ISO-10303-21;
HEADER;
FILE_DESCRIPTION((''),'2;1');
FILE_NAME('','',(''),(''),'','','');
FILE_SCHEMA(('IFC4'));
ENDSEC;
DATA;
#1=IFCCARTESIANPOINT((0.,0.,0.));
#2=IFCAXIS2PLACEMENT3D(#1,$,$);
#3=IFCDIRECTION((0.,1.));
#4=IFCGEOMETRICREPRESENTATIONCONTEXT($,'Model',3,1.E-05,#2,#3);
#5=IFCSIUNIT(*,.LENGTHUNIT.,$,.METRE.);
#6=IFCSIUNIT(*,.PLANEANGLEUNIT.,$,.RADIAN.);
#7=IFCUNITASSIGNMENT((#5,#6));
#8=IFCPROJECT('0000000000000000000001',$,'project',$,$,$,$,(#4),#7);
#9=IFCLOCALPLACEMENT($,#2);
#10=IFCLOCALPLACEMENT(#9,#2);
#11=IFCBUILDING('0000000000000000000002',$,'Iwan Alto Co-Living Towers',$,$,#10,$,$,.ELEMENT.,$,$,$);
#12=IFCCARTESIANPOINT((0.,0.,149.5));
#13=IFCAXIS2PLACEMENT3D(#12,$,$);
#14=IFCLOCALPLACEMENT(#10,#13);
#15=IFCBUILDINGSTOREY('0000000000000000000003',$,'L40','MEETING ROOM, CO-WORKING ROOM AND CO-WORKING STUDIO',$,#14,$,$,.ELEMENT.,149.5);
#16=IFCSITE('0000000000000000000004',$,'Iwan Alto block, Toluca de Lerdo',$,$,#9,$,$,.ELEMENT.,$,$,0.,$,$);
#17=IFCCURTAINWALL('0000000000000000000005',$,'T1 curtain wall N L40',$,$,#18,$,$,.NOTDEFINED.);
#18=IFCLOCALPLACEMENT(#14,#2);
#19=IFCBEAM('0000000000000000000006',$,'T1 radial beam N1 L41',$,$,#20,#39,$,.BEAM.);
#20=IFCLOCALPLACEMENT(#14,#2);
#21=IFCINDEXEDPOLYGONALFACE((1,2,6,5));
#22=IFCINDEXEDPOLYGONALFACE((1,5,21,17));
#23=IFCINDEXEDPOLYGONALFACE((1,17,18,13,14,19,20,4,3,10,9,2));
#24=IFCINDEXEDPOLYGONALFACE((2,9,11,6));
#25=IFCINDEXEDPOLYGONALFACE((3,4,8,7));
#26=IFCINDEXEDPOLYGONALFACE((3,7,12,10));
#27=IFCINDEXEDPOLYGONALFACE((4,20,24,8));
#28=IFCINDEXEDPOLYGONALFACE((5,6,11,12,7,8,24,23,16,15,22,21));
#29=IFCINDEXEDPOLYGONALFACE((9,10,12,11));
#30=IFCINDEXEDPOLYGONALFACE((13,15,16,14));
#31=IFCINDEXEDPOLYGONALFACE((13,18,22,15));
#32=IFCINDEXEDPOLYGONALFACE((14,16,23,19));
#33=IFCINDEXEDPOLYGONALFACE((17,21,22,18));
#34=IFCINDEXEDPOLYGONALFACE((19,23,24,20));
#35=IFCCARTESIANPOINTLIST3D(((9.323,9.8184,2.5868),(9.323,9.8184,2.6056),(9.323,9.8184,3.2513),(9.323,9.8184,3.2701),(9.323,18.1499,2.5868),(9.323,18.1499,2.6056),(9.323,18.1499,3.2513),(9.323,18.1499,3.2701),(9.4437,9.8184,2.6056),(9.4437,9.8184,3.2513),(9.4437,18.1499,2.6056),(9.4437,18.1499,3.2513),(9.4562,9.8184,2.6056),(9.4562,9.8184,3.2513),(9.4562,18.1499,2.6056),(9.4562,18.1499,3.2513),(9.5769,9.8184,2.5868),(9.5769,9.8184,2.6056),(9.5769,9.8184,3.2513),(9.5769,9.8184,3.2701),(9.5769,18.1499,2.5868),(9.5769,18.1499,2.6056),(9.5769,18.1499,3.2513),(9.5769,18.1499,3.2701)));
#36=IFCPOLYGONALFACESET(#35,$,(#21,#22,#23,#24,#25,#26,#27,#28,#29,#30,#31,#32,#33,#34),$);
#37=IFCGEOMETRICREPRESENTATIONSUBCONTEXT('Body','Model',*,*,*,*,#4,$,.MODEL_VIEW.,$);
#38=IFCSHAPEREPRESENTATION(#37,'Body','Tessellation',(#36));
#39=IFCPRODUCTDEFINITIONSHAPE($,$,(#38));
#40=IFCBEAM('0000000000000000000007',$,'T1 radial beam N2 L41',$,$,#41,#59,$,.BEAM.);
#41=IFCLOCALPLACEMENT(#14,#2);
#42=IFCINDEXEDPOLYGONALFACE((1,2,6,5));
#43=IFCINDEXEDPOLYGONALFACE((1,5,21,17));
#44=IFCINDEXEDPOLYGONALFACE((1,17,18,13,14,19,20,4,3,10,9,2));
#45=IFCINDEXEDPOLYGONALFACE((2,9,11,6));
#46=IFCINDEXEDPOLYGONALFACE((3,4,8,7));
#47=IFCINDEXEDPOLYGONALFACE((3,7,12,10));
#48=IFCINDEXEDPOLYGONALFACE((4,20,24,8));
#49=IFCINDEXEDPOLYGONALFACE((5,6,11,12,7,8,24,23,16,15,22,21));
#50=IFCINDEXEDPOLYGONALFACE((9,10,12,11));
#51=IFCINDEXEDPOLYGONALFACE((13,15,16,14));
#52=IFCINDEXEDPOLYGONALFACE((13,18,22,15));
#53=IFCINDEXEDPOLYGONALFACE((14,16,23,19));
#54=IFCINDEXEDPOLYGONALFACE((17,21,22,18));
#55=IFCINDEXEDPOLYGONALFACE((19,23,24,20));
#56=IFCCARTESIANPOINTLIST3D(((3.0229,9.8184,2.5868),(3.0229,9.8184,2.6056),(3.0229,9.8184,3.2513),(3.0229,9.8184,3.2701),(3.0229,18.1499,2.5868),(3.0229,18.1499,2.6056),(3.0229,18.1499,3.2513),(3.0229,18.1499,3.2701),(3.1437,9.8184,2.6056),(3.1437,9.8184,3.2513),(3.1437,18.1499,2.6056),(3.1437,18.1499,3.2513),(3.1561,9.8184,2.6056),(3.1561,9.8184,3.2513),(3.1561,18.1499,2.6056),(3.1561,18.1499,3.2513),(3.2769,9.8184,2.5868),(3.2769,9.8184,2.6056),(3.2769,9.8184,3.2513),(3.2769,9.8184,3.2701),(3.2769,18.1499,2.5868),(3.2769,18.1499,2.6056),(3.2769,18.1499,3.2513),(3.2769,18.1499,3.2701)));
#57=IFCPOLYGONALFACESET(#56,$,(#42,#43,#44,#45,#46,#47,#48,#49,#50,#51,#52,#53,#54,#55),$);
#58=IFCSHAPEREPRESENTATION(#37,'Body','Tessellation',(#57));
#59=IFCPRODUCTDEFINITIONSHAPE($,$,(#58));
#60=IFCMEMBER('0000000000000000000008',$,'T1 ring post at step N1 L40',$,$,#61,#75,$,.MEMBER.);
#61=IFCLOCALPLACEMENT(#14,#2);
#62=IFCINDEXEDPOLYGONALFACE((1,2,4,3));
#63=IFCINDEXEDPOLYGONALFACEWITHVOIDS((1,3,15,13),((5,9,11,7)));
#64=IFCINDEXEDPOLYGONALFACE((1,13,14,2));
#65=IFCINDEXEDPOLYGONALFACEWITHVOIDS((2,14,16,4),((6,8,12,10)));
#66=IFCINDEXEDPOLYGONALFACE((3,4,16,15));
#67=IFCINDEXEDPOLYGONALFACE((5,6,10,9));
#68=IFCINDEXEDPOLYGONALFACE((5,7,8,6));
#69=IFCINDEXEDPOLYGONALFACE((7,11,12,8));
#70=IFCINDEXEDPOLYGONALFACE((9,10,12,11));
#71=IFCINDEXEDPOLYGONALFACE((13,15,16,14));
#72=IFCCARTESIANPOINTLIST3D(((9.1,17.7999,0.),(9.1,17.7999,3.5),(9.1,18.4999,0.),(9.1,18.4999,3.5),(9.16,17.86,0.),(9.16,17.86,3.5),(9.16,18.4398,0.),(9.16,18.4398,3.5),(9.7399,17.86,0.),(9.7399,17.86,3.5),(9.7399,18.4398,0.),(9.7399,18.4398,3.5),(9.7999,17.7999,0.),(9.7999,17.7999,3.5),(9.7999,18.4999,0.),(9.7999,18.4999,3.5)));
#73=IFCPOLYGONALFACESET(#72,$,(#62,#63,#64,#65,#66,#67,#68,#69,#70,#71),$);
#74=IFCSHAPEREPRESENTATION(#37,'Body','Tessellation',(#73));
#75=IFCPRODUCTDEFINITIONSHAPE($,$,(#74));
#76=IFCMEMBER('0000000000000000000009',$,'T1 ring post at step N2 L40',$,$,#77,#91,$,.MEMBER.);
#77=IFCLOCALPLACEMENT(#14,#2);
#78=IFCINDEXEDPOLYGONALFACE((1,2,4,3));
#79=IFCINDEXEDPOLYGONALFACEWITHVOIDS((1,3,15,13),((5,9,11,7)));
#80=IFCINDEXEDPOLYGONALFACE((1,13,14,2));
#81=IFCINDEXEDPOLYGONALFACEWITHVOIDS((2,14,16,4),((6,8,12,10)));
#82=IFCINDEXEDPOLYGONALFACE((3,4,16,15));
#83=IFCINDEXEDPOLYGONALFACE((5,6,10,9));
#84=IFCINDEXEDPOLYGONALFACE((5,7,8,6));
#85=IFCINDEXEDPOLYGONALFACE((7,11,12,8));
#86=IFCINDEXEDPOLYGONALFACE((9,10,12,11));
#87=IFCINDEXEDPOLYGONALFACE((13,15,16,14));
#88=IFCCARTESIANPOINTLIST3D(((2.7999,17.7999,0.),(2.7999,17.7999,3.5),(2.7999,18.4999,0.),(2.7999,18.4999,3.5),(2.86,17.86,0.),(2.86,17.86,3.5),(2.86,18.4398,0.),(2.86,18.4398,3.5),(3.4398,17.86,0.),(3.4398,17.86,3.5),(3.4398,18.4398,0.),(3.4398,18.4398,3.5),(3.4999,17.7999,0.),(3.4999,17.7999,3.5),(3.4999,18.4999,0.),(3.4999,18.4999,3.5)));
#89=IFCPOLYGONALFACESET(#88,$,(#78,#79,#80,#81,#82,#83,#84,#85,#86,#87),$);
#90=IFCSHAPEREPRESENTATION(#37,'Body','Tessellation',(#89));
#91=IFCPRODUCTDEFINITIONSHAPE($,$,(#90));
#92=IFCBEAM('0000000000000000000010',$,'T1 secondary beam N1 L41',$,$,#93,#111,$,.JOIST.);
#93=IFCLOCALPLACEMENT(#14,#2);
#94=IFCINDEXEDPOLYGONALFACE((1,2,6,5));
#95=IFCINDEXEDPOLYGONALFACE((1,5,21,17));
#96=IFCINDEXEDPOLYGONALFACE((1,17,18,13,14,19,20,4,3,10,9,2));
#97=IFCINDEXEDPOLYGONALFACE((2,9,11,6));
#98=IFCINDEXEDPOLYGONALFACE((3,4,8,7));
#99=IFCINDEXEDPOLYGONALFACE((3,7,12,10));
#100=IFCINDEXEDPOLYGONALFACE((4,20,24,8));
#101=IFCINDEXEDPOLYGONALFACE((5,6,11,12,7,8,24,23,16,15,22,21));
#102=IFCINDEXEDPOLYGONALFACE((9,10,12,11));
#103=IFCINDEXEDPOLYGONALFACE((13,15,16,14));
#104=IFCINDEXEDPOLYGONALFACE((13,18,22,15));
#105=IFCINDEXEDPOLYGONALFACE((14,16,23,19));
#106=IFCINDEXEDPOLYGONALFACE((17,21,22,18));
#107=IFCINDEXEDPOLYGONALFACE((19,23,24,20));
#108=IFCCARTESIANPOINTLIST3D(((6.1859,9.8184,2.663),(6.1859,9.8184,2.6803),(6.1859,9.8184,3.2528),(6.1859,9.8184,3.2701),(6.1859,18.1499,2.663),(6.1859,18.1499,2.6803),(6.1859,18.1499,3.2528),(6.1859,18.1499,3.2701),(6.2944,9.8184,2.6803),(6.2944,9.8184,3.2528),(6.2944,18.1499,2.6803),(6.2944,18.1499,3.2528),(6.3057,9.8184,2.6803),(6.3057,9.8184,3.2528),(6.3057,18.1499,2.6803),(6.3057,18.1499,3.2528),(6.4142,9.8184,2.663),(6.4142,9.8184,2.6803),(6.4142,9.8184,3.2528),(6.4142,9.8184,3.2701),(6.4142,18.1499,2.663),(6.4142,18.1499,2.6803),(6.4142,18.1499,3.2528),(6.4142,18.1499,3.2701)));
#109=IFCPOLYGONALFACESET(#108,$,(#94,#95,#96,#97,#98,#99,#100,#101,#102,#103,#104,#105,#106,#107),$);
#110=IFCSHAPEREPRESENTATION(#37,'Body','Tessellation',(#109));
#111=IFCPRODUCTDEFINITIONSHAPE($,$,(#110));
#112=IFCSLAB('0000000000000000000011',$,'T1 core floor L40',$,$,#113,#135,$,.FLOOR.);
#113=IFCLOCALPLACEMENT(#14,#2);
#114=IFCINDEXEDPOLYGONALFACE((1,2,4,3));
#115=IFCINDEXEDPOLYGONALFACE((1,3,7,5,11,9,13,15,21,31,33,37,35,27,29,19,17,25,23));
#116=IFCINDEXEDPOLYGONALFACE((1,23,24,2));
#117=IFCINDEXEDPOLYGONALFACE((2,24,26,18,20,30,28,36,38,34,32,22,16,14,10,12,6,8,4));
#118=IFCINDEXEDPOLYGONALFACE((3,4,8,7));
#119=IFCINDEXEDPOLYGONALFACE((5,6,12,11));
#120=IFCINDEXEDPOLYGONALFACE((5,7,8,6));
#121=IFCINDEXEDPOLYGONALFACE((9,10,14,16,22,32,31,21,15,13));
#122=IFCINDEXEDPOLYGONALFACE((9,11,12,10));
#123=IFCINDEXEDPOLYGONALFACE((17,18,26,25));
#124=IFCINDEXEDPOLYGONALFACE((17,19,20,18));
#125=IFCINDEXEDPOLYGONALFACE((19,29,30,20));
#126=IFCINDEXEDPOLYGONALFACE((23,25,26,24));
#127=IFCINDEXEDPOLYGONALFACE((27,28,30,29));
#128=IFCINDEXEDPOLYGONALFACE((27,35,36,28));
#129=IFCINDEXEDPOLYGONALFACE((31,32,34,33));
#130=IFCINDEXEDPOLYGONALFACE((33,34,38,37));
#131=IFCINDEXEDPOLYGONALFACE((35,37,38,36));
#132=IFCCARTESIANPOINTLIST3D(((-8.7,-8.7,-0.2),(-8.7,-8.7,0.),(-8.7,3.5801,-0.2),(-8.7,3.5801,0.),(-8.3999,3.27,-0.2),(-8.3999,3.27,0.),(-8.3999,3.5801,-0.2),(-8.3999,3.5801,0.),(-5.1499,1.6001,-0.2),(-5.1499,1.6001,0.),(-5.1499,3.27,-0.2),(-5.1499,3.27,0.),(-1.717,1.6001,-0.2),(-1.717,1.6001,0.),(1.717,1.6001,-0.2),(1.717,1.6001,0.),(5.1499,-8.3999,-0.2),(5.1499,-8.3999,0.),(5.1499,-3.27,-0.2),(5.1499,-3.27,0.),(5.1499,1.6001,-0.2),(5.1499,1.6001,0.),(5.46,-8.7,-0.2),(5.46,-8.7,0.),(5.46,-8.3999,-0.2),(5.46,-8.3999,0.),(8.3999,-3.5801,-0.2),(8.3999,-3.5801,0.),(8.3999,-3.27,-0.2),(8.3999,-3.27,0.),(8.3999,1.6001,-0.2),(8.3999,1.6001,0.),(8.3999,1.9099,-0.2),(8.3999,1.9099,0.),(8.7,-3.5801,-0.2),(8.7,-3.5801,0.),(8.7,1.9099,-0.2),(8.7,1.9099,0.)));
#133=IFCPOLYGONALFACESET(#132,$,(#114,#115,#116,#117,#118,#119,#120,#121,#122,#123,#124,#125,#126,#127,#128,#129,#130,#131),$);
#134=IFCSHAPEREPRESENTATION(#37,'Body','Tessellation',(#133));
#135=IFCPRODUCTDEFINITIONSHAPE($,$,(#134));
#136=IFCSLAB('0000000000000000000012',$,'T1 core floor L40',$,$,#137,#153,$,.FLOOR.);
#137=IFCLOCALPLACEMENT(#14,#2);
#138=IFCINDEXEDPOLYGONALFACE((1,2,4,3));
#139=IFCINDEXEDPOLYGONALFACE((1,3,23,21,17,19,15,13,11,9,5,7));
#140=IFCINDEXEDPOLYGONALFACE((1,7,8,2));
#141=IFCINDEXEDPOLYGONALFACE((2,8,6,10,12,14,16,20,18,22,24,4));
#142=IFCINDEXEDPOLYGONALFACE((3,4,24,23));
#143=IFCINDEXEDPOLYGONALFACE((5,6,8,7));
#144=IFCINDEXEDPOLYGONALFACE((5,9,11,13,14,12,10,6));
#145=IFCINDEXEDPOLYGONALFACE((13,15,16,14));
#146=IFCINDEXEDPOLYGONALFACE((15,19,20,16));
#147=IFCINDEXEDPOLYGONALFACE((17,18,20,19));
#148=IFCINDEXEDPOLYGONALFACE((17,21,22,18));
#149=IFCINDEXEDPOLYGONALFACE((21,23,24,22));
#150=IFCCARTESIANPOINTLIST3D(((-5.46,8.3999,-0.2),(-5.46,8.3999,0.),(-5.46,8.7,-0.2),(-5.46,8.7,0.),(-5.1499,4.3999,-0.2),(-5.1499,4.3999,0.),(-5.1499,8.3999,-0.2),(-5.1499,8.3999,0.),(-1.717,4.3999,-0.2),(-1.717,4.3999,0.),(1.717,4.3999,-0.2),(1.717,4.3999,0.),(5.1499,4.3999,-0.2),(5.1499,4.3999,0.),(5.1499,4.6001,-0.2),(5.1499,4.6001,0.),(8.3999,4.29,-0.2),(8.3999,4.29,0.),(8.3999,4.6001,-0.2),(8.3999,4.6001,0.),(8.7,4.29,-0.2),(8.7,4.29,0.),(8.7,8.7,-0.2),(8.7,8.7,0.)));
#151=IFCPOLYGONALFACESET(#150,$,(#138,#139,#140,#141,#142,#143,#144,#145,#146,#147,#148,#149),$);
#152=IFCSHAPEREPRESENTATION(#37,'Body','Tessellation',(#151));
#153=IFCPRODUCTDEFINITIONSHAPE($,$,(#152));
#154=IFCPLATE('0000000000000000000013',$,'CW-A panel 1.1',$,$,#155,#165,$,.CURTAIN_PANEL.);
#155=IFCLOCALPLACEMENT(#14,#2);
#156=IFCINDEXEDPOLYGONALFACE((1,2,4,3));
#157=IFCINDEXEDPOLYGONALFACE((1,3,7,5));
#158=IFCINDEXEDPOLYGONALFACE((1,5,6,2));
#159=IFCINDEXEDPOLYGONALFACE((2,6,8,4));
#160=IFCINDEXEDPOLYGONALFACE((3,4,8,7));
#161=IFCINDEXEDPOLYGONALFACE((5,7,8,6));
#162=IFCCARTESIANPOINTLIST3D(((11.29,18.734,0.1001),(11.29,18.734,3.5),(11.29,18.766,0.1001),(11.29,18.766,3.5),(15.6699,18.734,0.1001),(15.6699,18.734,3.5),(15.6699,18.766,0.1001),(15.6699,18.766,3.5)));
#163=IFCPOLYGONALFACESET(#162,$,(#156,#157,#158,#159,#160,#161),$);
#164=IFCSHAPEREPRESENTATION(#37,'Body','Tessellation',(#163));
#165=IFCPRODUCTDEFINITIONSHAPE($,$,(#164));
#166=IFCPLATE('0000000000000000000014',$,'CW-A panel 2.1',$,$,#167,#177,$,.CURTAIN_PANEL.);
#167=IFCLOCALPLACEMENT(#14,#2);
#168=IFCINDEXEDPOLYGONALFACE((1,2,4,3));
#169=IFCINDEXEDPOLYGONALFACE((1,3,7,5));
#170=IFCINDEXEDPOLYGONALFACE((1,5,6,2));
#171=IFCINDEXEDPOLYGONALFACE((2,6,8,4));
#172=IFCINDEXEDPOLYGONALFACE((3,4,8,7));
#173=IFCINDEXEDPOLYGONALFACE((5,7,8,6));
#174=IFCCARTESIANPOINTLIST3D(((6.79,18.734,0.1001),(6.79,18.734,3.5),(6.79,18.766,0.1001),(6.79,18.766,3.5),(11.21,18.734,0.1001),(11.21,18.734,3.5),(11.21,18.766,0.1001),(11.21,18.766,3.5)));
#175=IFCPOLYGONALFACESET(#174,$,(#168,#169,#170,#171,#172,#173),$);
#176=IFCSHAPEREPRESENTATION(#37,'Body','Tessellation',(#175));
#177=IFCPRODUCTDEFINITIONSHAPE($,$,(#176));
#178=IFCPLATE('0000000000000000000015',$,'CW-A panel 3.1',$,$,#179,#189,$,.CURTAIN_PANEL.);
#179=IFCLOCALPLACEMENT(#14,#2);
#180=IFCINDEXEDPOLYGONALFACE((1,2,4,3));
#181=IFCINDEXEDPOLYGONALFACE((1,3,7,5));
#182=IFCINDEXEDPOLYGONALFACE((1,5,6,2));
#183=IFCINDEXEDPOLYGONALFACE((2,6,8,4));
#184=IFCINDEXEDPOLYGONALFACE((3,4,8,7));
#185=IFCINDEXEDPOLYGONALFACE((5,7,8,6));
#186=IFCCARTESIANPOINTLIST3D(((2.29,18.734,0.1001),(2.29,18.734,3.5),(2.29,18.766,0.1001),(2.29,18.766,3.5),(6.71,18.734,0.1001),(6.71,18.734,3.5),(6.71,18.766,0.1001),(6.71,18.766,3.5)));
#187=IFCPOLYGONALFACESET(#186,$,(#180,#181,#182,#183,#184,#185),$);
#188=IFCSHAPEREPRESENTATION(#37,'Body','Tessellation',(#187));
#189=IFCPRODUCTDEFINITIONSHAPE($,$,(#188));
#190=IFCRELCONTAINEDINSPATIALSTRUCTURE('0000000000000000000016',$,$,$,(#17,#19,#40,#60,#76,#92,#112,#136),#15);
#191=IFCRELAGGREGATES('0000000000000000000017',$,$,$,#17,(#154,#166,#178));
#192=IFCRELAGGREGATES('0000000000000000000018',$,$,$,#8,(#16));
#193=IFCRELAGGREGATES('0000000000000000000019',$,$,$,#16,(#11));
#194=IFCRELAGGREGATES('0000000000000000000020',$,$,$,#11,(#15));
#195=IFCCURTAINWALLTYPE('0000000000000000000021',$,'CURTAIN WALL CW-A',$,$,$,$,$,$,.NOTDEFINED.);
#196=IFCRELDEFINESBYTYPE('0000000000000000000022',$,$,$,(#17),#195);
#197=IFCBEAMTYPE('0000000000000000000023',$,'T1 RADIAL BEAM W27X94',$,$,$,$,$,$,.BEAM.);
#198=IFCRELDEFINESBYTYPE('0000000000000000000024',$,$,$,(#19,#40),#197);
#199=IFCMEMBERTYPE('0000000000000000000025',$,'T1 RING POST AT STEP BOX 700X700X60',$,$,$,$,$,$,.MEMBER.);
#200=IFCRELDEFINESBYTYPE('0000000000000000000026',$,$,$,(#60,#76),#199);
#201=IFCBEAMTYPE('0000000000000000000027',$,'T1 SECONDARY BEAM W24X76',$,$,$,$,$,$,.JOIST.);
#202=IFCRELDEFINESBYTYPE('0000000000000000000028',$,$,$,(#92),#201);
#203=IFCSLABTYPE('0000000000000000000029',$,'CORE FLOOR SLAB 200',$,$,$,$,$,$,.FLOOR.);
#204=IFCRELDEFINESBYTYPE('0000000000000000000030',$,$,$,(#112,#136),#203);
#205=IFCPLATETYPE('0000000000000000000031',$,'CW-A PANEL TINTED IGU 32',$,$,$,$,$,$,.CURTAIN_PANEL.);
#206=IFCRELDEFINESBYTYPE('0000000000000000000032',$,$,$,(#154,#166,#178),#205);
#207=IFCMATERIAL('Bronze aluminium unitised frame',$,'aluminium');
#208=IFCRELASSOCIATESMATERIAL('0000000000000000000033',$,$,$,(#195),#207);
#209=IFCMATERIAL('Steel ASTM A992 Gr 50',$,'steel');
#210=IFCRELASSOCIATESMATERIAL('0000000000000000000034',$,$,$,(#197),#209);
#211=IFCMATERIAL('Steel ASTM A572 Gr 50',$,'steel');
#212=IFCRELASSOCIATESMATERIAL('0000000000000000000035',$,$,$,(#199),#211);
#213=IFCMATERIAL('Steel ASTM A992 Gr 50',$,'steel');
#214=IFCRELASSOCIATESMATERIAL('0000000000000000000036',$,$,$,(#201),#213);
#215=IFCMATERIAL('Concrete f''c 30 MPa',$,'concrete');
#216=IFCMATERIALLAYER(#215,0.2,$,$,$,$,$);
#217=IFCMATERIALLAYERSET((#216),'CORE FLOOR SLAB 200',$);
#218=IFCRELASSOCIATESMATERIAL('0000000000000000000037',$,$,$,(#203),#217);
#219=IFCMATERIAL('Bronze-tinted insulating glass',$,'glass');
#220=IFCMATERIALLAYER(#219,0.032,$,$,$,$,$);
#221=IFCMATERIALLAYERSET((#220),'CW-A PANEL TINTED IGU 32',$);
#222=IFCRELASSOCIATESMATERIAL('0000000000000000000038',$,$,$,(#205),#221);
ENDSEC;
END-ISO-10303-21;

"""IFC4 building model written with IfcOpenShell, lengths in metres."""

from ifc_helpers import new_model, si_unit, direction, frame, origin, origin_2d, place, context, subcontext, project, spatial, polyline, rectangle, hollow_rectangle, i_section, outline, extrude, material, layer, layer_set, material_profile, profile_set, type_object, element, aggregate, save


model = new_model("IFC4")

# Units and contexts
model_context = context("Model", 3, precision=1e-05, world=origin(), true_north=direction((0.0, 1.0)))
body_context = subcontext(model_context, "Body", "Model", "MODEL_VIEW")
ifc_project = project(units=[si_unit("LENGTHUNIT", "METRE"), si_unit("PLANEANGLEUNIT", "RADIAN")], contexts=[model_context])

# Site, building, storey
site_placement = place(None, origin())
site = spatial("IfcSite", under=ifc_project, at=site_placement, Name="Iwan Alto block, Toluca de Lerdo", CompositionType="ELEMENT", RefElevation=0.0)
building_placement = place(site_placement, origin())
building = spatial("IfcBuilding", under=site, at=building_placement, Name="Iwan Alto Co-Living Towers", CompositionType="ELEMENT")
storey_placement = place(building_placement, frame((0.0, 0.0, 149.5)))
storey = spatial("IfcBuildingStorey", under=building, at=storey_placement, Name="L40", Description="MEETING ROOM, CO-WORKING ROOM AND CO-WORKING STUDIO", CompositionType="ELEMENT", Elevation=149.5)

# Curtain wall
ifc_material_1 = material(Name="Bronze aluminium unitised frame", Category="aluminium")
curtain_wall_type_1 = type_object("IfcCurtainWallType", Name="CURTAIN WALL CW-A", PredefinedType="NOTDEFINED", material=ifc_material_1)
curtain_wall_1_placement = place(storey_placement, origin())
curtain_wall_1 = element("IfcCurtainWall", 1, at=curtain_wall_1_placement, inside=storey, type_object=curtain_wall_type_1, Name="T1 curtain wall N L40", PredefinedType="NOTDEFINED")

# Beams
ifc_material_2 = material(Name="Steel ASTM A992 Gr 50", Category="steel")
ifc_material_profile_1 = material_profile(ifc_material_2, i_section(OverallWidth=0.2539, OverallDepth=0.6833, WebThickness=0.0125, FlangeThickness=0.0188, at=origin_2d()), Name="W27X94")
ifc_profile_set_1 = profile_set([ifc_material_profile_1], Name="Steel ASTM A992 Gr 50")
beam_type_1 = type_object("IfcBeamType", Name="T1 RADIAL BEAM W27X94", PredefinedType="BEAM", material=ifc_profile_set_1)
for number, where, z_axis, x_axis, name in (
    (2, (9.45, 18.1499, 2.9285), (0.0, -1.0, 0.0), (1.0, 0.0, 0.0), "T1 radial beam N1 L41"),
    (3, (3.1499, 18.1499, 2.9285), (0.0, -1.0, 0.0), (1.0, 0.0, 0.0), "T1 radial beam N2 L41"),
):
    element("IfcBeam", number, at=place(storey_placement, frame(where, z_axis=z_axis, x_axis=x_axis)), inside=storey, type_object=beam_type_1, Name=name, PredefinedType="BEAM", context=body_context, shape_type="SweptSolid", body=[
        extrude(i_section(OverallWidth=0.2539, OverallDepth=0.6833, WebThickness=0.0125, FlangeThickness=0.0188, at=origin_2d()), origin(), (0.0, 0.0, 1.0), 8.3315),
    ])

# Members
ifc_material_3 = material(Name="Steel ASTM A572 Gr 50", Category="steel")
ifc_material_profile_2 = material_profile(ifc_material_3, hollow_rectangle(XDim=0.7, YDim=0.7, WallThickness=0.0601, at=origin_2d()), Name="BOX 700X700X60")
ifc_profile_set_2 = profile_set([ifc_material_profile_2], Name="Steel ASTM A572 Gr 50")
member_type_1 = type_object("IfcMemberType", Name="T1 RING POST AT STEP BOX 700X700X60", PredefinedType="MEMBER", material=ifc_profile_set_2)
for number, where, z_axis, x_axis, name in (
    (4, (9.45, 18.1499, 0.0), (0.0, 0.0, 1.0), (1.0, 0.0, 0.0), "T1 ring post at step N1 L40"),
    (5, (3.1499, 18.1499, 0.0), (0.0, 0.0, 1.0), (1.0, 0.0, 0.0), "T1 ring post at step N2 L40"),
):
    element("IfcMember", number, at=place(storey_placement, frame(where, z_axis=z_axis, x_axis=x_axis)), inside=storey, type_object=member_type_1, Name=name, PredefinedType="MEMBER", context=body_context, shape_type="SweptSolid", body=[
        extrude(hollow_rectangle(XDim=0.7, YDim=0.7, WallThickness=0.0601, at=origin_2d()), origin(), (0.0, 0.0, 1.0), 3.5),
    ])

# Beam
ifc_material_4 = material(Name="Steel ASTM A992 Gr 50", Category="steel")
ifc_material_profile_3 = material_profile(ifc_material_4, i_section(OverallWidth=0.2283, OverallDepth=0.6072, WebThickness=0.0112, FlangeThickness=0.0173, at=origin_2d()), Name="W24X76")
ifc_profile_set_3 = profile_set([ifc_material_profile_3], Name="Steel ASTM A992 Gr 50")
beam_type_2 = type_object("IfcBeamType", Name="T1 SECONDARY BEAM W24X76", PredefinedType="JOIST", material=ifc_profile_set_3)
beam_1_placement = place(storey_placement, frame((6.3, 18.1499, 2.9666), z_axis=(0.0, -1.0, 0.0), x_axis=(1.0, 0.0, 0.0)))
element("IfcBeam", 6, at=beam_1_placement, inside=storey, type_object=beam_type_2, Name="T1 secondary beam N1 L41", PredefinedType="JOIST", context=body_context, shape_type="SweptSolid", body=[
    extrude(i_section(OverallWidth=0.2283, OverallDepth=0.6072, WebThickness=0.0112, FlangeThickness=0.0173, at=origin_2d()), origin(), (0.0, 0.0, 1.0), 8.3315),
])

# Slabs
ifc_material_5 = material(Name="Concrete f'c 30 MPa", Category="concrete")
ifc_layer_1 = layer(ifc_material_5, 0.2)
ifc_layer_set_1 = layer_set([ifc_layer_1], Name="CORE FLOOR SLAB 200")
slab_type_1 = type_object("IfcSlabType", Name="CORE FLOOR SLAB 200", PredefinedType="FLOOR", material=ifc_layer_set_1)
slab_1_placement = place(storey_placement, frame((0.0, 0.0, -0.2)))
element("IfcSlab", 7, at=slab_1_placement, inside=storey, type_object=slab_type_1, Name="T1 core floor L40", PredefinedType="FLOOR", context=body_context, shape_type="SweptSolid", body=[
    extrude(outline(polyline([(5.1499, -8.3999), (5.46, -8.3999), (5.46, -8.7), (-8.7, -8.7), (-8.7, 3.5801), (-8.3999, 3.5801), (-8.3999, 3.27), (-5.1499, 3.27), (-5.1499, 1.6001), (-1.717, 1.6001), (1.717, 1.6001), (5.1499, 1.6001), (8.3999, 1.6001), (8.3999, 1.9099), (8.7, 1.9099), (8.7, -3.5801), (8.3999, -3.5801), (8.3999, -3.27), (5.1499, -3.27), (5.1499, -8.3999)])), origin(), (0.0, 0.0, 1.0), 0.2),
])
slab_2_placement = place(storey_placement, frame((0.0, 0.0, -0.2)))
element("IfcSlab", 8, at=slab_2_placement, inside=storey, type_object=slab_type_1, Name="T1 core floor L40", PredefinedType="FLOOR", context=body_context, shape_type="SweptSolid", body=[
    extrude(outline(polyline([(1.717, 4.3999), (-1.717, 4.3999), (-5.1499, 4.3999), (-5.1499, 8.3999), (-5.46, 8.3999), (-5.46, 8.7), (8.7, 8.7), (8.7, 4.29), (8.3999, 4.29), (8.3999, 4.6001), (5.1499, 4.6001), (5.1499, 4.3999), (1.717, 4.3999)])), origin(), (0.0, 0.0, 1.0), 0.2),
])

# Plates
ifc_material_6 = material(Name="Bronze-tinted insulating glass", Category="glass")
ifc_layer_2 = layer(ifc_material_6, 0.032)
ifc_layer_set_2 = layer_set([ifc_layer_2], Name="CW-A PANEL TINTED IGU 32")
plate_type = type_object("IfcPlateType", Name="CW-A PANEL TINTED IGU 32", PredefinedType="CURTAIN_PANEL", material=ifc_layer_set_2)
plate_1_placement = place(storey_placement, frame((13.48, 18.75, 0.1001), z_axis=(0.0, 0.0, 1.0), x_axis=(-1.0, 0.0, 0.0)))
plate_1 = element("IfcPlate", 9, at=plate_1_placement, type_object=plate_type, Name="CW-A panel 1.1", PredefinedType="CURTAIN_PANEL", context=body_context, shape_type="SweptSolid", body=[
    extrude(rectangle(XDim=4.3799, YDim=0.032, at=origin_2d()), origin(), (0.0, 0.0, 1.0), 3.3999),
])
plate_2_placement = place(storey_placement, frame((9.0, 18.75, 0.1001), z_axis=(0.0, 0.0, 1.0), x_axis=(-1.0, 0.0, 0.0)))
plate_2 = element("IfcPlate", 10, at=plate_2_placement, type_object=plate_type, Name="CW-A panel 2.1", PredefinedType="CURTAIN_PANEL", context=body_context, shape_type="SweptSolid", body=[
    extrude(rectangle(XDim=4.4199, YDim=0.032, at=origin_2d()), origin(), (0.0, 0.0, 1.0), 3.3999),
])
plate_3_placement = place(storey_placement, frame((4.5, 18.75, 0.1001), z_axis=(0.0, 0.0, 1.0), x_axis=(-1.0, 0.0, 0.0)))
plate_3 = element("IfcPlate", 11, at=plate_3_placement, type_object=plate_type, Name="CW-A panel 3.1", PredefinedType="CURTAIN_PANEL", context=body_context, shape_type="SweptSolid", body=[
    extrude(rectangle(XDim=4.4199, YDim=0.032, at=origin_2d()), origin(), (0.0, 0.0, 1.0), 3.3999),
])
aggregate(curtain_wall_1, [plate_1, plate_2, plate_3])

save(model, "model.ifc")
